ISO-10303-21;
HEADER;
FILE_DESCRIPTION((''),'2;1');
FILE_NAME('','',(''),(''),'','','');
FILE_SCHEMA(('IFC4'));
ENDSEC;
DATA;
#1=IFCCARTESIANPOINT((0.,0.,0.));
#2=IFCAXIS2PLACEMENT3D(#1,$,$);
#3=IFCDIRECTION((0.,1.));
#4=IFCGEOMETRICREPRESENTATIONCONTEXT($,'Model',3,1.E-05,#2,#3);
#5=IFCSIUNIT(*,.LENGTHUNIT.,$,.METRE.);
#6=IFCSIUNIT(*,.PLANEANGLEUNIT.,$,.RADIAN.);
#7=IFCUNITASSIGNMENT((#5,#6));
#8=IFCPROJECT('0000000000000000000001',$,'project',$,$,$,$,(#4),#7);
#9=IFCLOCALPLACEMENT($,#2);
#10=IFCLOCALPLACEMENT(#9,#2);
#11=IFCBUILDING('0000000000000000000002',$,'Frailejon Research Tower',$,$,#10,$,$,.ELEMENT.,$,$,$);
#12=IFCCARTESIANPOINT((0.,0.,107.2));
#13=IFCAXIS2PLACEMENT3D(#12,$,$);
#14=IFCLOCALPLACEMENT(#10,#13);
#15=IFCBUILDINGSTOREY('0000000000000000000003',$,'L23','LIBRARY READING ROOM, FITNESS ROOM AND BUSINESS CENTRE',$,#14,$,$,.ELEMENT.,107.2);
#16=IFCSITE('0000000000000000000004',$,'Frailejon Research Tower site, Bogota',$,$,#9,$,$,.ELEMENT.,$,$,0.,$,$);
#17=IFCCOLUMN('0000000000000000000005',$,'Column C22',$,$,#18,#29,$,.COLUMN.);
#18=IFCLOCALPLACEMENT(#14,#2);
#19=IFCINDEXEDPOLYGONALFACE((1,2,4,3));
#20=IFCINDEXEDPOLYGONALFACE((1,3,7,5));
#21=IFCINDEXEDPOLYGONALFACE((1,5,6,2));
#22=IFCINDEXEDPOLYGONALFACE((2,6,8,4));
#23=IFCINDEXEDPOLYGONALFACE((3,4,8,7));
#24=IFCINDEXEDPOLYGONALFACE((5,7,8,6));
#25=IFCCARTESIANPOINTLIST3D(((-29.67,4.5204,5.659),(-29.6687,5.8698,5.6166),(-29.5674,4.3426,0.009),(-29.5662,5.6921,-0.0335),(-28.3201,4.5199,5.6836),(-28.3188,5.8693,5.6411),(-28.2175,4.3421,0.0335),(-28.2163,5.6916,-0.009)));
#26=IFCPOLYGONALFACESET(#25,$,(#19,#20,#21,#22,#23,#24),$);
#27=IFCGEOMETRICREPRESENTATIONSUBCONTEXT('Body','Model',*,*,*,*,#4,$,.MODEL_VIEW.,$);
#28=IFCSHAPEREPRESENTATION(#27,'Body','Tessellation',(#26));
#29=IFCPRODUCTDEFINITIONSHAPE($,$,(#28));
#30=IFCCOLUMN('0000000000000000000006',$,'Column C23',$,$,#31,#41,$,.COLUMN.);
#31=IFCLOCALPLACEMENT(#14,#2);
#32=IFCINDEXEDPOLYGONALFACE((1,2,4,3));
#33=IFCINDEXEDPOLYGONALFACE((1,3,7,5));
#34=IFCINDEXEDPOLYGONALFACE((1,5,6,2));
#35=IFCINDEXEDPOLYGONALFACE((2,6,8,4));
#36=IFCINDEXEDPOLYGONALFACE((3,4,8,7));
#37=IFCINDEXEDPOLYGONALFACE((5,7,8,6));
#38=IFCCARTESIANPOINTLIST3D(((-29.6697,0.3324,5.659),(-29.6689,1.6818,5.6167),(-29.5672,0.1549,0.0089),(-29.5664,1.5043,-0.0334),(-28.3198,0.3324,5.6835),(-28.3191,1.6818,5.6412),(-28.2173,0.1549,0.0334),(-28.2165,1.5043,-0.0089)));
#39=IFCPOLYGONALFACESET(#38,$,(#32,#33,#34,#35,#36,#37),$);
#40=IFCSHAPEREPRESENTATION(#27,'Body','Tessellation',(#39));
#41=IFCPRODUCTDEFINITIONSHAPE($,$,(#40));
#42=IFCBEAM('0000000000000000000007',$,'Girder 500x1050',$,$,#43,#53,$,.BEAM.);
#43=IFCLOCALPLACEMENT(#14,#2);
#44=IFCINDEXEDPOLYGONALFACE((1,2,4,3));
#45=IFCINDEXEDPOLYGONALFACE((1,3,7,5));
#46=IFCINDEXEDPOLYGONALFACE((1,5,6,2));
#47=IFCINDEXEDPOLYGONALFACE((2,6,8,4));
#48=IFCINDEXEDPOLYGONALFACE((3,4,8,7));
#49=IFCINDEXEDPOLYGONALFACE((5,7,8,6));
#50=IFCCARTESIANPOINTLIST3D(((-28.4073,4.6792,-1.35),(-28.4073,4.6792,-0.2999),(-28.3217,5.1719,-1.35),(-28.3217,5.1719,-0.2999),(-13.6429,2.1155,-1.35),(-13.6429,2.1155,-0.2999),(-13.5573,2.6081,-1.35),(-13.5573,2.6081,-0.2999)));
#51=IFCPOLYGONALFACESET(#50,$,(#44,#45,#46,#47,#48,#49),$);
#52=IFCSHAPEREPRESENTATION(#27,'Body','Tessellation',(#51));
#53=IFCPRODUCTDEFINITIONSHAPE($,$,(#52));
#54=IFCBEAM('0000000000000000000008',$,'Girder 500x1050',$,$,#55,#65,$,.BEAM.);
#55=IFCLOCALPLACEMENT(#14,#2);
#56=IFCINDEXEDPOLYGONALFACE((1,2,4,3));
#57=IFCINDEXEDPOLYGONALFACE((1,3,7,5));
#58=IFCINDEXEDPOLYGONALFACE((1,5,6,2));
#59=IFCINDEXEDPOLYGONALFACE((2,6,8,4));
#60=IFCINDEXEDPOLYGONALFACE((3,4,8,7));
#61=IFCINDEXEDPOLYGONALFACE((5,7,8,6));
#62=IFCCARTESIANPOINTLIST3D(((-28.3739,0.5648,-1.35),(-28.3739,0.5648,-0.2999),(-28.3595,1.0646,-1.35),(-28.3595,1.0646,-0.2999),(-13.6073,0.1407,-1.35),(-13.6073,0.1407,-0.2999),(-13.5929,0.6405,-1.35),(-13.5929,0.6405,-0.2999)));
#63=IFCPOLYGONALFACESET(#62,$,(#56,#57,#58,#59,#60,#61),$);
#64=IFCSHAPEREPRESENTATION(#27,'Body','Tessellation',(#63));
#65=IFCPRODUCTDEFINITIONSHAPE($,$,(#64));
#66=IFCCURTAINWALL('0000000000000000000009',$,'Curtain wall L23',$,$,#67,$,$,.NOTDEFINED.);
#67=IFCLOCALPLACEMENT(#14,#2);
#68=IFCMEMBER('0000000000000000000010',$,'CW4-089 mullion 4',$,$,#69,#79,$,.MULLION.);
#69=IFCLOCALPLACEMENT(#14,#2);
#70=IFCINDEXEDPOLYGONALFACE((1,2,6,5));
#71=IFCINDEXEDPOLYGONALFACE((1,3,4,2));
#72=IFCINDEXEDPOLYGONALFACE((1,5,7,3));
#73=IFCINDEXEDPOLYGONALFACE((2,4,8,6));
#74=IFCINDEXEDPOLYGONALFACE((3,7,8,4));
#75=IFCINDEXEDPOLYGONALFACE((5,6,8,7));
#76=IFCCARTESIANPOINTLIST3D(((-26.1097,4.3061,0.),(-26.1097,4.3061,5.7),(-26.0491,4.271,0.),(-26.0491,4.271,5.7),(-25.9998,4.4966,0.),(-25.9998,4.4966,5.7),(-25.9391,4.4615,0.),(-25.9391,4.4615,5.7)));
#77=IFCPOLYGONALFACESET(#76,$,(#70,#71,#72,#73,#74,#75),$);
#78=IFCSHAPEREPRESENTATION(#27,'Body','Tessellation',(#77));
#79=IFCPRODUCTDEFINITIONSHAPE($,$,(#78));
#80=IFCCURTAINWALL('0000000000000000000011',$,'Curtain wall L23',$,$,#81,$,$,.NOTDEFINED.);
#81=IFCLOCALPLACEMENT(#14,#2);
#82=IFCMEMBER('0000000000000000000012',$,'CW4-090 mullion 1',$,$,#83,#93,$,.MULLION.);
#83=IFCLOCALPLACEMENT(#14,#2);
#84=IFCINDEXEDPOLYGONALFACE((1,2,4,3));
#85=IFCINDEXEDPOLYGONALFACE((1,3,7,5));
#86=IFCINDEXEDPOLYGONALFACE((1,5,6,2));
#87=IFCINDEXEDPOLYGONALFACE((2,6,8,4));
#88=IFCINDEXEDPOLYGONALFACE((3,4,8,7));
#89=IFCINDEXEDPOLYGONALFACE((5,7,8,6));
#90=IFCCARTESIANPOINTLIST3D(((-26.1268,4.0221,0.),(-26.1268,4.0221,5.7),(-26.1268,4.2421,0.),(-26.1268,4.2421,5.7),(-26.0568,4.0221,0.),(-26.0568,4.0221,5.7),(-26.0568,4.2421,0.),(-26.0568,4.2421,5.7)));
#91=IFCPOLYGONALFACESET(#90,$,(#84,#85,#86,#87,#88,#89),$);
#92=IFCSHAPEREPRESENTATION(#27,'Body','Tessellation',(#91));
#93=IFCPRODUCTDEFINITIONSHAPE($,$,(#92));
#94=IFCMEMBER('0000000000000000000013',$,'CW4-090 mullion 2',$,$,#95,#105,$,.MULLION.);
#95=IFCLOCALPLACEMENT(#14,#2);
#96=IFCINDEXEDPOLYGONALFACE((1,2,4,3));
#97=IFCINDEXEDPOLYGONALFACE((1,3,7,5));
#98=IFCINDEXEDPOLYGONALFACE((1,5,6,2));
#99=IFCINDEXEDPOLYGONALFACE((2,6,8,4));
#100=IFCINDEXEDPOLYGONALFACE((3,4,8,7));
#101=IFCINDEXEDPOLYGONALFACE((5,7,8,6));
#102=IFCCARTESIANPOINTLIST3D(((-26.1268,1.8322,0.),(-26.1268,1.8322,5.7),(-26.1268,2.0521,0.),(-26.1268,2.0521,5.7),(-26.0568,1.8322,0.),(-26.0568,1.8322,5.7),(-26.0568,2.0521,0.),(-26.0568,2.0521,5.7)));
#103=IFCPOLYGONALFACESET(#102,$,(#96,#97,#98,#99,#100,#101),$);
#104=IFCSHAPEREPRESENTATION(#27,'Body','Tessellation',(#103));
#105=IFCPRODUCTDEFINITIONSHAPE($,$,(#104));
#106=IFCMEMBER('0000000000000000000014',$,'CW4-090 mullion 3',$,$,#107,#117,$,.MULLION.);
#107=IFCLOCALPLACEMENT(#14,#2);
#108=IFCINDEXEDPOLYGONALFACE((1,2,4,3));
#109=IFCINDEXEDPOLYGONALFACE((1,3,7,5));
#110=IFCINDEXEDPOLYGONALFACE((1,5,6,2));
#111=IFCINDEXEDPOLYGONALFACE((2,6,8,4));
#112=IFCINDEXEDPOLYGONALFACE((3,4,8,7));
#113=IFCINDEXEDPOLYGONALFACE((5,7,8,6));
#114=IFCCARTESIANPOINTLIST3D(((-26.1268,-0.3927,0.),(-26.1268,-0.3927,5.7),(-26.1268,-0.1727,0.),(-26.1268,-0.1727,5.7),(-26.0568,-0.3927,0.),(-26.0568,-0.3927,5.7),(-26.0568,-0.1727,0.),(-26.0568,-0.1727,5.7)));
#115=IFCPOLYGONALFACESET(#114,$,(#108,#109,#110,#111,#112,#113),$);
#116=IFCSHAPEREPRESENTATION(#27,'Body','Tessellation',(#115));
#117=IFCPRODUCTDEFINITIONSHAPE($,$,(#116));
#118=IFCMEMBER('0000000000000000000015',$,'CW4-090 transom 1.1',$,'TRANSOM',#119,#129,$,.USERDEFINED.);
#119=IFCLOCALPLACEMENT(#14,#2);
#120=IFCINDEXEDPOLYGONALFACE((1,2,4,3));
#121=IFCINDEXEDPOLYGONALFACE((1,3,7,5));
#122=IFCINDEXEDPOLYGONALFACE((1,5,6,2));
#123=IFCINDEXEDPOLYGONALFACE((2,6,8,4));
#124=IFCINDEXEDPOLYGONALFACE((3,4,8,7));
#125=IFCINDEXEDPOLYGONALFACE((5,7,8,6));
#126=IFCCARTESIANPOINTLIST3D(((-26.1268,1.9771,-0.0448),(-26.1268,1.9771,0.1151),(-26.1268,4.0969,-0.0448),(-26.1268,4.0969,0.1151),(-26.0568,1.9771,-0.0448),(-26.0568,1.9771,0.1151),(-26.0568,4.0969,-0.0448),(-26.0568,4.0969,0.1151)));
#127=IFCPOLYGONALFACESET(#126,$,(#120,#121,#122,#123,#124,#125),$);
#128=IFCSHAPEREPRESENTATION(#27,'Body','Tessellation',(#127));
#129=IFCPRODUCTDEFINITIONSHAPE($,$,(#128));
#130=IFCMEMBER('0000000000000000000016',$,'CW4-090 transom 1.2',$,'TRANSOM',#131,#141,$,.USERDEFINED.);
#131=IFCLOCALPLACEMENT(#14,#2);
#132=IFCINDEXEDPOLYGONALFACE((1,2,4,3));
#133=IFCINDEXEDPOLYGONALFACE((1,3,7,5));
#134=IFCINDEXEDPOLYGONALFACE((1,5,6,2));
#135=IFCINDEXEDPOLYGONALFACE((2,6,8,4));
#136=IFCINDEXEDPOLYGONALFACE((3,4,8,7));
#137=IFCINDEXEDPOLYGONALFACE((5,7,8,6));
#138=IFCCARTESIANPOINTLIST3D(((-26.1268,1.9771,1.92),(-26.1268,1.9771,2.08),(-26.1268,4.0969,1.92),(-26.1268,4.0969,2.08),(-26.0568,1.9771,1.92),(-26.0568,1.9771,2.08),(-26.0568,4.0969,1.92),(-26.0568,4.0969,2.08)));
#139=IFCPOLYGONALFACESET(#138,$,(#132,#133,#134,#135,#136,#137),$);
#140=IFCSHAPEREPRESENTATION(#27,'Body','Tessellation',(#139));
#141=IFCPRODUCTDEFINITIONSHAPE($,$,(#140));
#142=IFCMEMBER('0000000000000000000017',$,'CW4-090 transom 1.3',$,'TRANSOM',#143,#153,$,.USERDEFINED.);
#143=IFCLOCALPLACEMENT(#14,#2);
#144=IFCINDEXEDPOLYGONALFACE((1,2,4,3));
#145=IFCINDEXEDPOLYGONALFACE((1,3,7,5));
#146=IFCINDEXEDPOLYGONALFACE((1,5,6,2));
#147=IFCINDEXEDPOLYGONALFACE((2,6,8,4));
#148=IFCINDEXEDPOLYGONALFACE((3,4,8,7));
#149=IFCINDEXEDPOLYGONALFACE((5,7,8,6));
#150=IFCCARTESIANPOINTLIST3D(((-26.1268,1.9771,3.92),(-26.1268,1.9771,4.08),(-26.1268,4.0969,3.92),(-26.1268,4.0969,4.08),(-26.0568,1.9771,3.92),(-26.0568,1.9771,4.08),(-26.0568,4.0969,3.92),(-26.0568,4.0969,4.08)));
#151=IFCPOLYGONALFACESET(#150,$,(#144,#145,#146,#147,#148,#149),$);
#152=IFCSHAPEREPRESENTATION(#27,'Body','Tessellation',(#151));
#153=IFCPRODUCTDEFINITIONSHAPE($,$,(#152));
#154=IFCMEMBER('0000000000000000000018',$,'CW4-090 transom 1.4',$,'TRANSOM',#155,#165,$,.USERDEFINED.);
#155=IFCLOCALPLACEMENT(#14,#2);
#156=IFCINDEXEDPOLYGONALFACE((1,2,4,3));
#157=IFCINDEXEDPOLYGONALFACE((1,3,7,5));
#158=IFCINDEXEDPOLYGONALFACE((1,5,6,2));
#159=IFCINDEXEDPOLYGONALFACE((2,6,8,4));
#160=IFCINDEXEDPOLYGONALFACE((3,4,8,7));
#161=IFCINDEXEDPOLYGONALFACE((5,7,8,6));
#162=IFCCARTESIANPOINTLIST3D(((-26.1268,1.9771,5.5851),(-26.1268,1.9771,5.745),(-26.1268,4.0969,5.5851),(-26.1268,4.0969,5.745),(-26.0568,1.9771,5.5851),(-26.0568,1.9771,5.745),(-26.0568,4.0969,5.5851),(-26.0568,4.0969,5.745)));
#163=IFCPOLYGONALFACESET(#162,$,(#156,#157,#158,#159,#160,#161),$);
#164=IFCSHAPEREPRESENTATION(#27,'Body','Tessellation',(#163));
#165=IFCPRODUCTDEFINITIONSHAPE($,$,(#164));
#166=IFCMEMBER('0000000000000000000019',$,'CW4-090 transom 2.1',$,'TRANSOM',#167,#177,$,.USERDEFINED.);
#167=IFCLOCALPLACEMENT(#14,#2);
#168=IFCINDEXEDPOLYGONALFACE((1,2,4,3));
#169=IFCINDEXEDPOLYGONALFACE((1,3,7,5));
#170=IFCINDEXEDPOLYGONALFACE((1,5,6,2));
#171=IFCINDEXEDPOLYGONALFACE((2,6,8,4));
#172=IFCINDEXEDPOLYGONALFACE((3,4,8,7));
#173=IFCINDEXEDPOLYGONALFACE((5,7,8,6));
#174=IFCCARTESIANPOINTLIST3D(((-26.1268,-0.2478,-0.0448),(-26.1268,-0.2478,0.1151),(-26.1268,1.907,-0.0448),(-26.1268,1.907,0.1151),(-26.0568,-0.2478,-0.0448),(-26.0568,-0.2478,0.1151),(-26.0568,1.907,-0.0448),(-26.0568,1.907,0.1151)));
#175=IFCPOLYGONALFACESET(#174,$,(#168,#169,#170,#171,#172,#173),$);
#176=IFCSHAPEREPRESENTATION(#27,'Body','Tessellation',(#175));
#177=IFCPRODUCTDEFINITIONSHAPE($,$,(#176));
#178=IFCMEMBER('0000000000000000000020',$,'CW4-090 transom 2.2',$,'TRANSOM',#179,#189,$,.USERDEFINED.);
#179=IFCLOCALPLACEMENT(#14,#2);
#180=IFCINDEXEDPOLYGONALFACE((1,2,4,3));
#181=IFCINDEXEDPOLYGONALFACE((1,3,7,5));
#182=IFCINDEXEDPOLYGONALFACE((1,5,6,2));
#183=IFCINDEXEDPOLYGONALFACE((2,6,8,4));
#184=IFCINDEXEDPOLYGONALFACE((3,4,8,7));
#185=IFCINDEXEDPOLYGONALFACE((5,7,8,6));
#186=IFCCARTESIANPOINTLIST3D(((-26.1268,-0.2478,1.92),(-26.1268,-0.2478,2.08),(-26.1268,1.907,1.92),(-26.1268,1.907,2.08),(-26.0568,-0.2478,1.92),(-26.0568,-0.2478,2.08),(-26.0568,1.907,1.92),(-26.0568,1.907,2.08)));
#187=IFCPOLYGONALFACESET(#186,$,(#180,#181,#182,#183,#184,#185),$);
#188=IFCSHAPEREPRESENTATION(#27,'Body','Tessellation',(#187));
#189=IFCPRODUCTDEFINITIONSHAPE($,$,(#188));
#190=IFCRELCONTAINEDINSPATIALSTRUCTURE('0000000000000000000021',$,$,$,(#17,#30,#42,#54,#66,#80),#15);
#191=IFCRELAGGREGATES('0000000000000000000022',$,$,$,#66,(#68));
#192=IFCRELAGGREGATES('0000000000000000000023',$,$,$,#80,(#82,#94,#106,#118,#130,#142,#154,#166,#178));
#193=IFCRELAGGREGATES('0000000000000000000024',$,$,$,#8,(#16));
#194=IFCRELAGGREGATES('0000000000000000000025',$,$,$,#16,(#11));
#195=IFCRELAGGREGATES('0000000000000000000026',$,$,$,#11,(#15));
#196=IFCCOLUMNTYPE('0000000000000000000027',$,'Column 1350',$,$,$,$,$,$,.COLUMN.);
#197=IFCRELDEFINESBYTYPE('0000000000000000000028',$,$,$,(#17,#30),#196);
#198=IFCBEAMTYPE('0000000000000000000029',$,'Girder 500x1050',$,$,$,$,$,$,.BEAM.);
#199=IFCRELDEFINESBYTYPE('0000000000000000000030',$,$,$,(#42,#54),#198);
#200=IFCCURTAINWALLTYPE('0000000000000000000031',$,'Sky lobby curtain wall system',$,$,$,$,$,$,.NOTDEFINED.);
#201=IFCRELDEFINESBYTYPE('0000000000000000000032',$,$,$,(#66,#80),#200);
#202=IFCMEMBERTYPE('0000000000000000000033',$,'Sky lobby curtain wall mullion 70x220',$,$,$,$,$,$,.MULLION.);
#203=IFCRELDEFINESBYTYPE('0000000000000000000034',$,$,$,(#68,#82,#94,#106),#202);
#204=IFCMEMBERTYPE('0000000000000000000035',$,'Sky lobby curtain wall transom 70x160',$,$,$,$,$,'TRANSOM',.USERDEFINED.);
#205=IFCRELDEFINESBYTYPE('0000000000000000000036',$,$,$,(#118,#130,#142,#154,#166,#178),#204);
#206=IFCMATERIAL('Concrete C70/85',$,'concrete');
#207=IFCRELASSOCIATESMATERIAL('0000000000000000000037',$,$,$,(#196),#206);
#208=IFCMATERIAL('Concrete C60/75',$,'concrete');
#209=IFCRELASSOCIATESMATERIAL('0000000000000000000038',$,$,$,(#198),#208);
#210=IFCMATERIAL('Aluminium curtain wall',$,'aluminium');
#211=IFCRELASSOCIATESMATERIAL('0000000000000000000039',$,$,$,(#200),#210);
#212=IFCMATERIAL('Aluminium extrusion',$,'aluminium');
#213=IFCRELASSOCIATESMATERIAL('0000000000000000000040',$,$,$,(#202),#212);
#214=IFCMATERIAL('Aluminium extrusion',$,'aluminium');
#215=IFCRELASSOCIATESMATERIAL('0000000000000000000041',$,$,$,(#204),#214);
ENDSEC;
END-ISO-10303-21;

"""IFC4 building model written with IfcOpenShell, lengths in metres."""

from ifc_helpers import new_model, si_unit, direction, frame, origin, origin_2d, place, context, subcontext, project, spatial, rectangle, extrude, material, material_profile, profile_set, type_object, element, aggregate, save


model = new_model("IFC4")

# Units and contexts
model_context = context("Model", 3, precision=1e-05, world=origin(), true_north=direction((0.0, 1.0)))
body_context = subcontext(model_context, "Body", "Model", "MODEL_VIEW")
ifc_project = project(units=[si_unit("LENGTHUNIT", "METRE"), si_unit("PLANEANGLEUNIT", "RADIAN")], contexts=[model_context])

# Site, building, storey
site_placement = place(None, origin())
site = spatial("IfcSite", under=ifc_project, at=site_placement, Name="Frailejon Research Tower site, Bogota", CompositionType="ELEMENT", RefElevation=0.0)
building_placement = place(site_placement, origin())
building = spatial("IfcBuilding", under=site, at=building_placement, Name="Frailejon Research Tower", CompositionType="ELEMENT")
storey_placement = place(building_placement, frame((0.0, 0.0, 107.2)))
storey = spatial("IfcBuildingStorey", under=building, at=storey_placement, Name="L23", Description="LIBRARY READING ROOM, FITNESS ROOM AND BUSINESS CENTRE", CompositionType="ELEMENT", Elevation=107.2)

# Columns
ifc_material_1 = material(Name="Concrete C70/85", Category="concrete")
ifc_material_profile_1 = material_profile(ifc_material_1, rectangle(XDim=1.3501, YDim=1.3501, at=origin_2d()), Name="Column 1350")
ifc_profile_set_1 = profile_set([ifc_material_profile_1], Name="Concrete C70/85")
column_type = type_object("IfcColumnType", Name="Column 1350", PredefinedType="COLUMN", material=ifc_profile_set_1)
for number, where, z_axis, x_axis, name in (
    (1, (-28.8918, 5.0171, 0.0), (-0.018136, 0.031436, 0.999341), (-0.000937, -0.999506, 0.031424), "Column C22"),
    (2, (-28.8918, 0.8296, 0.0), (-0.018136, 0.031393, 0.999343), (-0.000572, -0.999507, 0.031388), "Column C23"),
):
    element("IfcColumn", number, at=place(storey_placement, frame(where, z_axis=z_axis, x_axis=x_axis)), inside=storey, type_object=column_type, Name=name, PredefinedType="COLUMN", context=body_context, shape_type="SweptSolid", body=[
        extrude(rectangle(XDim=1.3501, YDim=1.3501, at=origin_2d()), origin(), (0.0, 0.0, 1.0), 5.6538),
    ])

# Beams
ifc_material_2 = material(Name="Concrete C60/75", Category="concrete")
ifc_material_profile_2 = material_profile(ifc_material_2, rectangle(XDim=0.5, YDim=1.05, at=origin_2d()), Name="Girder 500x1050")
ifc_profile_set_2 = profile_set([ifc_material_profile_2], Name="Concrete C60/75")
beam_type_1 = type_object("IfcBeamType", Name="Girder 500x1050", PredefinedType="BEAM", material=ifc_profile_set_2)
beam_1_placement = place(storey_placement, frame((-28.3645, 4.9255, -0.825), z_axis=(0.985257, -0.171082, 0.0), x_axis=(0.171082, 0.985257, 0.0)))
element("IfcBeam", 3, at=beam_1_placement, inside=storey, type_object=beam_type_1, Name="Girder 500x1050", PredefinedType="BEAM", context=body_context, shape_type="SweptSolid", body=[
    extrude(rectangle(XDim=0.5, YDim=1.05, at=origin_2d()), origin(), (0.0, 0.0, 1.0), 14.9854),
])
beam_2_placement = place(storey_placement, frame((-28.3667, 0.8147, -0.825), z_axis=(0.999588, -0.028707, 0.0), x_axis=(0.028707, 0.999588, 0.0)))
element("IfcBeam", 4, at=beam_2_placement, inside=storey, type_object=beam_type_1, Name="Girder 500x1050", PredefinedType="BEAM", context=body_context, shape_type="SweptSolid", body=[
    extrude(rectangle(XDim=0.5, YDim=1.05, at=origin_2d()), origin(), (0.0, 0.0, 1.0), 14.7727),
])

# Curtain wall, member
ifc_material_3 = material(Name="Aluminium curtain wall", Category="aluminium")
curtain_wall_type = type_object("IfcCurtainWallType", Name="Sky lobby curtain wall system", PredefinedType="NOTDEFINED", material=ifc_material_3)
curtain_wall_1_placement = place(storey_placement, origin())
curtain_wall_1 = element("IfcCurtainWall", 5, at=curtain_wall_1_placement, inside=storey, type_object=curtain_wall_type, Name="Curtain wall L23", PredefinedType="NOTDEFINED")
ifc_material_4 = material(Name="Aluminium extrusion", Category="aluminium")
ifc_material_profile_3 = material_profile(ifc_material_4, rectangle(XDim=0.0701, YDim=0.22, at=origin_2d()), Name="Sky lobby curtain wall mullion 70x220")
ifc_profile_set_3 = profile_set([ifc_material_profile_3], Name="Aluminium extrusion")
member_type_1 = type_object("IfcMemberType", Name="Sky lobby curtain wall mullion 70x220", PredefinedType="MULLION", material=ifc_profile_set_3)
member_1_placement = place(storey_placement, frame((-26.0244, 4.3838, 0.0), z_axis=(0.0, 0.0, 1.0), x_axis=(0.866028, -0.499995, 0.0)))
member_1 = element("IfcMember", 6, at=member_1_placement, type_object=member_type_1, Name="CW4-089 mullion 4", PredefinedType="MULLION", context=body_context, shape_type="SweptSolid", body=[
    extrude(rectangle(XDim=0.0701, YDim=0.22, at=origin_2d()), origin(), (0.0, 0.0, 1.0), 5.7),
])
aggregate(curtain_wall_1, [member_1])

# Curtain wall, members
curtain_wall_2_placement = place(storey_placement, origin())
curtain_wall_2 = element("IfcCurtainWall", 7, at=curtain_wall_2_placement, inside=storey, type_object=curtain_wall_type, Name="Curtain wall L23", PredefinedType="NOTDEFINED")
member_2_placement = place(storey_placement, frame((-26.0918, 4.1321, 0.0), z_axis=(0.0, 0.0, 1.0), x_axis=(1.0, 0.0, 0.0)))
member_2 = element("IfcMember", 8, at=member_2_placement, type_object=member_type_1, Name="CW4-090 mullion 1", PredefinedType="MULLION", context=body_context, shape_type="SweptSolid", body=[
    extrude(rectangle(XDim=0.0701, YDim=0.22, at=origin_2d()), origin(), (0.0, 0.0, 1.0), 5.7),
])
member_3_placement = place(storey_placement, frame((-26.0918, 1.9421, 0.0), z_axis=(0.0, 0.0, 1.0), x_axis=(1.0, 0.0, 0.0)))
member_3 = element("IfcMember", 9, at=member_3_placement, type_object=member_type_1, Name="CW4-090 mullion 2", PredefinedType="MULLION", context=body_context, shape_type="SweptSolid", body=[
    extrude(rectangle(XDim=0.0701, YDim=0.22, at=origin_2d()), origin(), (0.0, 0.0, 1.0), 5.7),
])
member_4_placement = place(storey_placement, frame((-26.0918, -0.2827, 0.0), z_axis=(0.0, 0.0, 1.0), x_axis=(1.0, 0.0, 0.0)))
member_4 = element("IfcMember", 10, at=member_4_placement, type_object=member_type_1, Name="CW4-090 mullion 3", PredefinedType="MULLION", context=body_context, shape_type="SweptSolid", body=[
    extrude(rectangle(XDim=0.0701, YDim=0.22, at=origin_2d()), origin(), (0.0, 0.0, 1.0), 5.7),
])
ifc_material_5 = material(Name="Aluminium extrusion", Category="aluminium")
ifc_material_profile_4 = material_profile(ifc_material_5, rectangle(XDim=0.0701, YDim=0.1599, at=origin_2d()), Name="Sky lobby curtain wall transom 70x160")
ifc_profile_set_4 = profile_set([ifc_material_profile_4], Name="Aluminium extrusion")
member_type_2 = type_object("IfcMemberType", Name="Sky lobby curtain wall transom 70x160", ElementType="TRANSOM", PredefinedType="USERDEFINED", material=ifc_profile_set_4)
member_5_placement = place(storey_placement, frame((-26.0918, 4.0969, 0.0352), z_axis=(0.0, -1.0, 0.0), x_axis=(1.0, 0.0, 0.0)))
member_5 = element("IfcMember", 11, at=member_5_placement, type_object=member_type_2, Name="CW4-090 transom 1.1", ObjectType="TRANSOM", PredefinedType="USERDEFINED", context=body_context, shape_type="SweptSolid", body=[
    extrude(rectangle(XDim=0.0701, YDim=0.1599, at=origin_2d()), origin(), (0.0, 0.0, 1.0), 2.1199),
])
member_6_placement = place(storey_placement, frame((-26.0918, 4.0969, 2.0), z_axis=(0.0, -1.0, 0.0), x_axis=(1.0, 0.0, 0.0)))
member_6 = element("IfcMember", 12, at=member_6_placement, type_object=member_type_2, Name="CW4-090 transom 1.2", ObjectType="TRANSOM", PredefinedType="USERDEFINED", context=body_context, shape_type="SweptSolid", body=[
    extrude(rectangle(XDim=0.0701, YDim=0.1599, at=origin_2d()), origin(), (0.0, 0.0, 1.0), 2.1199),
])
member_7_placement = place(storey_placement, frame((-26.0918, 4.0969, 4.0), z_axis=(0.0, -1.0, 0.0), x_axis=(1.0, 0.0, 0.0)))
member_7 = element("IfcMember", 13, at=member_7_placement, type_object=member_type_2, Name="CW4-090 transom 1.3", ObjectType="TRANSOM", PredefinedType="USERDEFINED", context=body_context, shape_type="SweptSolid", body=[
    extrude(rectangle(XDim=0.0701, YDim=0.1599, at=origin_2d()), origin(), (0.0, 0.0, 1.0), 2.1199),
])
member_8_placement = place(storey_placement, frame((-26.0918, 4.0969, 5.665), z_axis=(0.0, -1.0, 0.0), x_axis=(1.0, 0.0, 0.0)))
member_8 = element("IfcMember", 14, at=member_8_placement, type_object=member_type_2, Name="CW4-090 transom 1.4", ObjectType="TRANSOM", PredefinedType="USERDEFINED", context=body_context, shape_type="SweptSolid", body=[
    extrude(rectangle(XDim=0.0701, YDim=0.1599, at=origin_2d()), origin(), (0.0, 0.0, 1.0), 2.1199),
])
member_9_placement = place(storey_placement, frame((-26.0918, 1.907, 0.0352), z_axis=(0.0, -1.0, 0.0), x_axis=(1.0, 0.0, 0.0)))
member_9 = element("IfcMember", 15, at=member_9_placement, type_object=member_type_2, Name="CW4-090 transom 2.1", ObjectType="TRANSOM", PredefinedType="USERDEFINED", context=body_context, shape_type="SweptSolid", body=[
    extrude(rectangle(XDim=0.0701, YDim=0.1599, at=origin_2d()), origin(), (0.0, 0.0, 1.0), 2.1548),
])
member_10_placement = place(storey_placement, frame((-26.0918, 1.907, 2.0), z_axis=(0.0, -1.0, 0.0), x_axis=(1.0, 0.0, 0.0)))
member_10 = element("IfcMember", 16, at=member_10_placement, type_object=member_type_2, Name="CW4-090 transom 2.2", ObjectType="TRANSOM", PredefinedType="USERDEFINED", context=body_context, shape_type="SweptSolid", body=[
    extrude(rectangle(XDim=0.0701, YDim=0.1599, at=origin_2d()), origin(), (0.0, 0.0, 1.0), 2.1548),
])

aggregate(curtain_wall_2, [member_2, member_3, member_4, member_5, member_6, member_7, member_8, member_9, member_10])

save(model, "model.ifc")
